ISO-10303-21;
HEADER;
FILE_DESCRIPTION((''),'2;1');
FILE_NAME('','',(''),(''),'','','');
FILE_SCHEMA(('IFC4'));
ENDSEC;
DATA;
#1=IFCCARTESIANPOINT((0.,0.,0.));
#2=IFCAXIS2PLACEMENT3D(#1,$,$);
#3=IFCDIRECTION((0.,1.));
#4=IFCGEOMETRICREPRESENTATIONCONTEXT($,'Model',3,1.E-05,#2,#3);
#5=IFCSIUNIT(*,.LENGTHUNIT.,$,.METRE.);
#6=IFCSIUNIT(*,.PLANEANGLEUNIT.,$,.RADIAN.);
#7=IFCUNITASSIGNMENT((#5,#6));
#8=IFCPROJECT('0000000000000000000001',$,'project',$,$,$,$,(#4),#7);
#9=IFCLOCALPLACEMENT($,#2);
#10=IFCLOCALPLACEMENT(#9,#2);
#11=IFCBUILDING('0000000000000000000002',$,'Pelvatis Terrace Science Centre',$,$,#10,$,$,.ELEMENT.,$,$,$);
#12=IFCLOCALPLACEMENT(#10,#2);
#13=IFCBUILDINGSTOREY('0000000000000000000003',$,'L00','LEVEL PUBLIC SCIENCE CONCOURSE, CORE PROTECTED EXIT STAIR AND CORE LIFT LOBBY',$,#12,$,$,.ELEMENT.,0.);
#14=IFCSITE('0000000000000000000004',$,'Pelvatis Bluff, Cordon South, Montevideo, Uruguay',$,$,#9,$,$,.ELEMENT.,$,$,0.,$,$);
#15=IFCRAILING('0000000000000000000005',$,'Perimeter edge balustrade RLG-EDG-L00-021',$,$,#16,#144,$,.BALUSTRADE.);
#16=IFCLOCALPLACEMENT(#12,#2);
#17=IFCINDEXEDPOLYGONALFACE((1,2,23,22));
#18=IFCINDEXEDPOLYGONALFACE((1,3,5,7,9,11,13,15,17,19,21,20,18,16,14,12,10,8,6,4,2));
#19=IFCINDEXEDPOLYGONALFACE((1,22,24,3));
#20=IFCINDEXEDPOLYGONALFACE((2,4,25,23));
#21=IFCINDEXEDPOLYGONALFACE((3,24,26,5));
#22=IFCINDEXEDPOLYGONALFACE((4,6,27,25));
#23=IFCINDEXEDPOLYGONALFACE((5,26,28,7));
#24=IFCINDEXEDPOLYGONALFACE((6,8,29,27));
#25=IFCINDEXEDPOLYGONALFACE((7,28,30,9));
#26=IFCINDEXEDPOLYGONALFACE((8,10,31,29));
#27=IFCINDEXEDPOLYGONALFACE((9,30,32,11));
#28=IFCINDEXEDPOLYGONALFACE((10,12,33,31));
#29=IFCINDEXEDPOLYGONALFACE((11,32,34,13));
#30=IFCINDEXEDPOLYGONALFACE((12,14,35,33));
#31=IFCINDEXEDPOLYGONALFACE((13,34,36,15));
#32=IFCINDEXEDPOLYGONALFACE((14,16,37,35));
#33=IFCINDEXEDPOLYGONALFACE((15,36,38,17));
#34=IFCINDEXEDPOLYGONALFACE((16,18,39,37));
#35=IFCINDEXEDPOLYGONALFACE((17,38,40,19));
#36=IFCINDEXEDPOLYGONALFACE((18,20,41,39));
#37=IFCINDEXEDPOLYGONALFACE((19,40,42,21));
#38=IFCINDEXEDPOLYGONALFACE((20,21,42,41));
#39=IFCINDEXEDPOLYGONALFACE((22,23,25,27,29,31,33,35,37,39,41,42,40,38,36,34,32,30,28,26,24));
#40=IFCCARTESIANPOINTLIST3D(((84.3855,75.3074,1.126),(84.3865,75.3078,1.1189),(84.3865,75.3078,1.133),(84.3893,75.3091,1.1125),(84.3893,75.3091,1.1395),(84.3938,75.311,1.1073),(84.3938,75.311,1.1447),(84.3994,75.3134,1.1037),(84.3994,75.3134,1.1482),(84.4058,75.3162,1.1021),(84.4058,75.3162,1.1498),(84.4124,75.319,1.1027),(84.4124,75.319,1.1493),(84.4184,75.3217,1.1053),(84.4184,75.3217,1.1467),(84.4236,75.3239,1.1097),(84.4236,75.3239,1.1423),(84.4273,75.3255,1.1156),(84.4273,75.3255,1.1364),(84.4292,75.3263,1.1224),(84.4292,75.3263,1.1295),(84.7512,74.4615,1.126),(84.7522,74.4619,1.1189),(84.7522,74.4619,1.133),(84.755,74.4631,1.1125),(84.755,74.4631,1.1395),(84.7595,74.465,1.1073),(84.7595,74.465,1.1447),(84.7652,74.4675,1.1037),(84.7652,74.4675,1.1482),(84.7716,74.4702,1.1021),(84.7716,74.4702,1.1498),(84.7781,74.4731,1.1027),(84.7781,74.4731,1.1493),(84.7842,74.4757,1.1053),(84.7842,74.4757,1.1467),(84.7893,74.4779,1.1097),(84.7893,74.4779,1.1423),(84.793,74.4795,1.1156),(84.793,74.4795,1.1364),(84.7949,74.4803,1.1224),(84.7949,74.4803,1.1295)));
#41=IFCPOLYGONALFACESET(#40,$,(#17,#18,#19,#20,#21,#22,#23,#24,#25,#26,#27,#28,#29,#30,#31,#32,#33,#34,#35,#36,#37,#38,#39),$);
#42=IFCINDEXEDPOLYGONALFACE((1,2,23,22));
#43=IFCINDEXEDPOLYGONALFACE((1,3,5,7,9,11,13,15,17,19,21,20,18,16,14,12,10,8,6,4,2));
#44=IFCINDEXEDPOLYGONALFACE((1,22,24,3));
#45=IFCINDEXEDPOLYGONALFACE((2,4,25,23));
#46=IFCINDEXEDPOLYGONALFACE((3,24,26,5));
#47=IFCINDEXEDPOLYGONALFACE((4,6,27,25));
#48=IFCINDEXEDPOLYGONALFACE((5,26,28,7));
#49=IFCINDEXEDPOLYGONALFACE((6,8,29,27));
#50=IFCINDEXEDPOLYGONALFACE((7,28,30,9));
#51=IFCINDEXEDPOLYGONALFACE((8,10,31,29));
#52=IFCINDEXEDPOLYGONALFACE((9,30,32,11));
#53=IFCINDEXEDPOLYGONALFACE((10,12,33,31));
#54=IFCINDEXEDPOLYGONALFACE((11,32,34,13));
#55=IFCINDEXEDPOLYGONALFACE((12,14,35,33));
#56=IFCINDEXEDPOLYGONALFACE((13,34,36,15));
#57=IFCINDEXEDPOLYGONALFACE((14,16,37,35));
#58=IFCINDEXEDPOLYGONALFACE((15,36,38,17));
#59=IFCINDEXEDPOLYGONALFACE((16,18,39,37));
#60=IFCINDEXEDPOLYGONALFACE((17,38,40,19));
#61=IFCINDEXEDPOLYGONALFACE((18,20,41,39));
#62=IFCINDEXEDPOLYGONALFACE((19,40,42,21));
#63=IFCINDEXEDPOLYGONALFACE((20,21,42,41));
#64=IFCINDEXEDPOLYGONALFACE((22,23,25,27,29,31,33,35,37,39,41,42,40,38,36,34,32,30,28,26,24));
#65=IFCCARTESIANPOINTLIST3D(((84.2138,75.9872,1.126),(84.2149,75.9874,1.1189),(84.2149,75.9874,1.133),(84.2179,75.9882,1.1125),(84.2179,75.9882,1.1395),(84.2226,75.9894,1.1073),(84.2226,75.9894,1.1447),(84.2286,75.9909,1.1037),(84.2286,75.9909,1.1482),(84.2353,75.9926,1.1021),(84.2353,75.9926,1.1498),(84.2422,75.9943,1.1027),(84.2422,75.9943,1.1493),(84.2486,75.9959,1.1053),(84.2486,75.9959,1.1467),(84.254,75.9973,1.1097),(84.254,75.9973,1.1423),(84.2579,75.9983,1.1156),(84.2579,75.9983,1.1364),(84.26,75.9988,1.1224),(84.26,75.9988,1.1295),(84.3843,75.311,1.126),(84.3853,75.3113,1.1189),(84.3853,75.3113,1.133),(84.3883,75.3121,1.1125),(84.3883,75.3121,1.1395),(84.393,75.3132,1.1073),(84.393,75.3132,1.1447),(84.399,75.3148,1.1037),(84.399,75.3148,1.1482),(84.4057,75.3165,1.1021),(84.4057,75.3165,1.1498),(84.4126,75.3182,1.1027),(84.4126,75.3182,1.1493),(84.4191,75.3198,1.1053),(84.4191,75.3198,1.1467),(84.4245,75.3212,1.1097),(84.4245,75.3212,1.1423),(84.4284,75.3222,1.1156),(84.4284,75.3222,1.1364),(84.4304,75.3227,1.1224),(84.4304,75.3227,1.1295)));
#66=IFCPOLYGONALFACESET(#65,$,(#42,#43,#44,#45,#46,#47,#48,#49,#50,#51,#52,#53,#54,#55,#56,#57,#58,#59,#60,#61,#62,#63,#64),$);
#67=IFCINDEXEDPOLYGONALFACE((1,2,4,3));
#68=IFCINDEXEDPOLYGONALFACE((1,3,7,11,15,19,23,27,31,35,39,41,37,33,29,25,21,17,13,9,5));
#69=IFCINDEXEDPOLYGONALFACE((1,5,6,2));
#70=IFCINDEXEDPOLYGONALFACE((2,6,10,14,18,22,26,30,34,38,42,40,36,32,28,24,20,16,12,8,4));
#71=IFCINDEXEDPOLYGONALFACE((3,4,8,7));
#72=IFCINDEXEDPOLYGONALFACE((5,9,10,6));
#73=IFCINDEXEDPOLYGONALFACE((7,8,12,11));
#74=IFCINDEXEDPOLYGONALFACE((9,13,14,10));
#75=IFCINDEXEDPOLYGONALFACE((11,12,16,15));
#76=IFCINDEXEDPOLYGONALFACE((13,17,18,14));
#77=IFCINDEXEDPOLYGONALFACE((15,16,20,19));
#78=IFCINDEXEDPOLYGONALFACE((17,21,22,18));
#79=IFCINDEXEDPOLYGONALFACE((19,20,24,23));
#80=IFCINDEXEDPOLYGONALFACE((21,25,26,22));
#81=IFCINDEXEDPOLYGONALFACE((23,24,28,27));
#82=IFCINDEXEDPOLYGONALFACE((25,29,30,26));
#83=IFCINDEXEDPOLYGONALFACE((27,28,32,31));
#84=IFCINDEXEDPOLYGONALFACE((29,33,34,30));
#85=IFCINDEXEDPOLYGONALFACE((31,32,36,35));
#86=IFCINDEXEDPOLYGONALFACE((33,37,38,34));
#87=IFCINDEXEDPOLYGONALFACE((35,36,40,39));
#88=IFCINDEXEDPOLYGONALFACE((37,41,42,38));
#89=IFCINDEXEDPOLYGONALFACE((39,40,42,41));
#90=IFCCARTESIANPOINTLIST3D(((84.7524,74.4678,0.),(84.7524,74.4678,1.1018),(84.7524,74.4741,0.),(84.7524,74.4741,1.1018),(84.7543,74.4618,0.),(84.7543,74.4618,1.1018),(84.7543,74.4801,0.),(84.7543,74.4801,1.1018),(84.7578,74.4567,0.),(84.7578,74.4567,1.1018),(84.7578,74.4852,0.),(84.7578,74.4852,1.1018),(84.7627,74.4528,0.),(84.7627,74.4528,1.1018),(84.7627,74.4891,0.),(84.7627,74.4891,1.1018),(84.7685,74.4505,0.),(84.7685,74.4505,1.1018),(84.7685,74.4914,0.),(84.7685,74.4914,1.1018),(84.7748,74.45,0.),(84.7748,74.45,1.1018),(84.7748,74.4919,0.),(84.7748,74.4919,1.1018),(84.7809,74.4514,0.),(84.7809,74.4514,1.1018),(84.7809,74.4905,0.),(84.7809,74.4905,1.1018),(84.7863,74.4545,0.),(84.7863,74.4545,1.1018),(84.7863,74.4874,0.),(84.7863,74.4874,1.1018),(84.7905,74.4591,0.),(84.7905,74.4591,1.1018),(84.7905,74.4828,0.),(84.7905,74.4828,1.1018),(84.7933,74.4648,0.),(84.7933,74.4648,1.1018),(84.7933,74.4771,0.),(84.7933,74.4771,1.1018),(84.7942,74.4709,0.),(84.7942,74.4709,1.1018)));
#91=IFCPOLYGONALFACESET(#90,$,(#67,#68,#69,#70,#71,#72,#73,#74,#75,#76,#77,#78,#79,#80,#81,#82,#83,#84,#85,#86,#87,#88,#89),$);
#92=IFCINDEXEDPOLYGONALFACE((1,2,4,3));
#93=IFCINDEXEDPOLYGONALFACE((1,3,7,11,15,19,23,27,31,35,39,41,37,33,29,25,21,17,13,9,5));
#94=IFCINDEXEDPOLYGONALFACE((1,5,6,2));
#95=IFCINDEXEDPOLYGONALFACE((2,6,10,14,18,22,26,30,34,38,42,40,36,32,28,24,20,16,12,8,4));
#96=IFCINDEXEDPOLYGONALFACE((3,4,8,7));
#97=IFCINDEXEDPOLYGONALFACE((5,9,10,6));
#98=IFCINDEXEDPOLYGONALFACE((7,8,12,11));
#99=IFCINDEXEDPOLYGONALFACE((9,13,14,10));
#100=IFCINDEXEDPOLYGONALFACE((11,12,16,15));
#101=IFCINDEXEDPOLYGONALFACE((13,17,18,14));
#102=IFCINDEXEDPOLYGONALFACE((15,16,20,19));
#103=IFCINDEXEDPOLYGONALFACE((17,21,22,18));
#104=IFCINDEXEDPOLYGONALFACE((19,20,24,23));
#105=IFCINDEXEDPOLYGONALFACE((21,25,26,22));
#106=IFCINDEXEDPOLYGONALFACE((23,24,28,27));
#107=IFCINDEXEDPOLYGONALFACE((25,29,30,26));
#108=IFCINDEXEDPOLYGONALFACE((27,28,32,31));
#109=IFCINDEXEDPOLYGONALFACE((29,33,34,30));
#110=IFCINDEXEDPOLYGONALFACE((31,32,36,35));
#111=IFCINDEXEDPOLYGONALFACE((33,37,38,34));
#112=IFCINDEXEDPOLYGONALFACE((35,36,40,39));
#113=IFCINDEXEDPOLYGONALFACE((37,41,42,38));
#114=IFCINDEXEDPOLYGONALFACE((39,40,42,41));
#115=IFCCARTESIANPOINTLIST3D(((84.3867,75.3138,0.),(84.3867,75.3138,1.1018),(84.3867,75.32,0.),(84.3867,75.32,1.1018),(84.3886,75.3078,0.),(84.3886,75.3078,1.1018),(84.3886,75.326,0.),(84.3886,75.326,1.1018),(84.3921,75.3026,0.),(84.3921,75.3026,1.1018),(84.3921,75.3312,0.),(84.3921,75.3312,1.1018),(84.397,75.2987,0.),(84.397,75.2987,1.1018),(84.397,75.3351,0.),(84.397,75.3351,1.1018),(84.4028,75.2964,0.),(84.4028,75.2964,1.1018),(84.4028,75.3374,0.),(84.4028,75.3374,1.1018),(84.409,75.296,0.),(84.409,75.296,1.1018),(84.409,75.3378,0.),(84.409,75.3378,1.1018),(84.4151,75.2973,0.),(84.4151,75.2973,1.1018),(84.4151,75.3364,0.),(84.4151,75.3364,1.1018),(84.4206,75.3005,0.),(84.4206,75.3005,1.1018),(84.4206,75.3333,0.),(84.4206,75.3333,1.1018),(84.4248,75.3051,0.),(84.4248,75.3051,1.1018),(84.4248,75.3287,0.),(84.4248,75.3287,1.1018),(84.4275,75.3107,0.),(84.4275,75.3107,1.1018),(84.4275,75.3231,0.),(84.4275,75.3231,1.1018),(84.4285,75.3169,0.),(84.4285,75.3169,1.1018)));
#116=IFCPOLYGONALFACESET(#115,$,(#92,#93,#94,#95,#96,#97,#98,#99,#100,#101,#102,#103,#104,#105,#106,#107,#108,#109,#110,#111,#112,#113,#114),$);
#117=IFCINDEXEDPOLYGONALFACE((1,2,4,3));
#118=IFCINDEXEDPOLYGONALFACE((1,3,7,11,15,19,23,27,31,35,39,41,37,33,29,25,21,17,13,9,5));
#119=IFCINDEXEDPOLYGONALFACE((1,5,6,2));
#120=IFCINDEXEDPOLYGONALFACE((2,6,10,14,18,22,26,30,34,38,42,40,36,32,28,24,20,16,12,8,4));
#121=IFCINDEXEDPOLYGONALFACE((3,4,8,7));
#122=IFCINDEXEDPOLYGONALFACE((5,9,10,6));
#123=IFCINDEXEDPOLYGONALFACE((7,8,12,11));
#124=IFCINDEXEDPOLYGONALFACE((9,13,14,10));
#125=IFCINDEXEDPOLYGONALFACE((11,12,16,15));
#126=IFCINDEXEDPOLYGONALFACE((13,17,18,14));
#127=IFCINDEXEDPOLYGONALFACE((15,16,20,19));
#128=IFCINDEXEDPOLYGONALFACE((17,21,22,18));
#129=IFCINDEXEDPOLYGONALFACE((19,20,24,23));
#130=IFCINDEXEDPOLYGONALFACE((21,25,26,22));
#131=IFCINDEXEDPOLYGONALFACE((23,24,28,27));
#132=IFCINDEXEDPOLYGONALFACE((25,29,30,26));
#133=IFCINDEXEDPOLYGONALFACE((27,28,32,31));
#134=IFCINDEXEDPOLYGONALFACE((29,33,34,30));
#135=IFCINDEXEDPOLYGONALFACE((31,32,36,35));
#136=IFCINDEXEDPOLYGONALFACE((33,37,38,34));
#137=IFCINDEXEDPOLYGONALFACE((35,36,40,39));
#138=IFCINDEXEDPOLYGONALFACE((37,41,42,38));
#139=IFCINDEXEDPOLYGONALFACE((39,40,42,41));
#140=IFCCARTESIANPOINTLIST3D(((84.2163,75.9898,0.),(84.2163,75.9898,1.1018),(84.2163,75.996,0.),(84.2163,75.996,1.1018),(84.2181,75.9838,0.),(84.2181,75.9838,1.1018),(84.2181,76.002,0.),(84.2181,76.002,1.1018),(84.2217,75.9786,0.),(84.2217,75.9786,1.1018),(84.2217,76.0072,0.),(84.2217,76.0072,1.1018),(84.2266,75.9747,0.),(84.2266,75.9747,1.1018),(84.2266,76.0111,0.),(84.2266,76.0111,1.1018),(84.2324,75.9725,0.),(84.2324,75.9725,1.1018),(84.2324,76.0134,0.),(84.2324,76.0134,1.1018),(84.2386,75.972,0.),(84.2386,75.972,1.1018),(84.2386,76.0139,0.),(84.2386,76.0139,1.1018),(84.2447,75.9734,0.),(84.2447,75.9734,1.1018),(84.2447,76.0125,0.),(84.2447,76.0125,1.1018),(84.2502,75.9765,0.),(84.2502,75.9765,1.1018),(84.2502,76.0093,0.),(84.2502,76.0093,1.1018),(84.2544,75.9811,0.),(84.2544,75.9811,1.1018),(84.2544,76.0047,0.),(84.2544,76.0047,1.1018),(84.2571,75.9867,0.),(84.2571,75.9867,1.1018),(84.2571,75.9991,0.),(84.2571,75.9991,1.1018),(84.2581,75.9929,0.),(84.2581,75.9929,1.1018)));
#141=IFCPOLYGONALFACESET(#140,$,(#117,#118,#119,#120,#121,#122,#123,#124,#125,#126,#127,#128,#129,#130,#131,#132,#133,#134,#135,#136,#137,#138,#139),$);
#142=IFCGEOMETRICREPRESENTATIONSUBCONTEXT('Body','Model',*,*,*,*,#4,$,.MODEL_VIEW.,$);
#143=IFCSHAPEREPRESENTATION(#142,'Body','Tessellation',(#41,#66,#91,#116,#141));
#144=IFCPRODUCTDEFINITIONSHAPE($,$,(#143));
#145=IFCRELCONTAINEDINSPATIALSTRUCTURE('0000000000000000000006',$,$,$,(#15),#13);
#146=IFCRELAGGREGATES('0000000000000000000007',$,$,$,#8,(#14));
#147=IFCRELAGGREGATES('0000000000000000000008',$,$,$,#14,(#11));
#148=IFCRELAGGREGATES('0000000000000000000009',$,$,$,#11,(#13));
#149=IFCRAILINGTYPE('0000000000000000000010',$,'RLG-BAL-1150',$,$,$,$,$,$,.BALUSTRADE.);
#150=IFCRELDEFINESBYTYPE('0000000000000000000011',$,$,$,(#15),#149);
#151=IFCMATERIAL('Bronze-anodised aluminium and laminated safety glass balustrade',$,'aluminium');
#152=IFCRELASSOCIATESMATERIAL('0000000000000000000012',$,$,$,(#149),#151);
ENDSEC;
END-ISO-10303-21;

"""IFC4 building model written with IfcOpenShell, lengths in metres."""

from ifc_helpers import new_model, si_unit, direction, frame, origin, origin_2d, place, context, subcontext, project, spatial, circle, extrude, material, type_object, element, save


model = new_model("IFC4")

# Units and contexts
model_context = context("Model", 3, precision=1e-05, world=origin(), true_north=direction((0.0, 1.0)))
body_context = subcontext(model_context, "Body", "Model", "MODEL_VIEW")
ifc_project = project(units=[si_unit("LENGTHUNIT", "METRE"), si_unit("PLANEANGLEUNIT", "RADIAN")], contexts=[model_context])

# Site, building, storey
site_placement = place(None, origin())
site = spatial("IfcSite", under=ifc_project, at=site_placement, Name="Pelvatis Bluff, Cordon South, Montevideo, Uruguay", CompositionType="ELEMENT", RefElevation=0.0)
building_placement = place(site_placement, origin())
building = spatial("IfcBuilding", under=site, at=building_placement, Name="Pelvatis Terrace Science Centre", CompositionType="ELEMENT")
storey_placement = place(building_placement, origin())
storey = spatial("IfcBuildingStorey", under=building, at=storey_placement, Name="L00", Description="LEVEL PUBLIC SCIENCE CONCOURSE, CORE PROTECTED EXIT STAIR AND CORE LIFT LOBBY", CompositionType="ELEMENT", Elevation=0.0)

# Railing
ifc_material_1 = material(Name="Bronze-anodised aluminium and laminated safety glass balustrade", Category="aluminium")
railing_type = type_object("IfcRailingType", Name="RLG-BAL-1150", PredefinedType="BALUSTRADE", material=ifc_material_1)
railing_placement = place(storey_placement, frame((84.7732, 74.4709, 0.0)))
element("IfcRailing", 1, at=railing_placement, inside=storey, type_object=railing_type, Name="Perimeter edge balustrade RLG-EDG-L00-021", PredefinedType="BALUSTRADE", context=body_context, shape_type="SweptSolid", body=[
    extrude(circle(Radius=0.0239, at=origin_2d()), frame((0.0, 0.0, 1.126), z_axis=(-0.396827, 0.917894, 0.0), x_axis=(-0.917894, -0.396827, 0.0)), (0.0, 0.0, 1.0), 0.9216),
    extrude(circle(Radius=0.0239, at=origin_2d()), frame((-0.3657, 0.8459, 1.126), z_axis=(-0.24443, 0.969667, 0.0), x_axis=(-0.969667, -0.24443, 0.0)), (0.0, 0.0, 1.0), 0.6973),
    extrude(circle(Radius=0.021, at=origin_2d()), origin(), (0.0, 0.0, 1.0), 1.1018),
    extrude(circle(Radius=0.021, at=origin_2d()), frame((-0.3657, 0.8459, 0.0)), (0.0, 0.0, 1.0), 1.1018),
    extrude(circle(Radius=0.021, at=origin_2d()), frame((-0.5361, 1.522, 0.0)), (0.0, 0.0, 1.0), 1.1018),
])

save(model, "model.ifc")
